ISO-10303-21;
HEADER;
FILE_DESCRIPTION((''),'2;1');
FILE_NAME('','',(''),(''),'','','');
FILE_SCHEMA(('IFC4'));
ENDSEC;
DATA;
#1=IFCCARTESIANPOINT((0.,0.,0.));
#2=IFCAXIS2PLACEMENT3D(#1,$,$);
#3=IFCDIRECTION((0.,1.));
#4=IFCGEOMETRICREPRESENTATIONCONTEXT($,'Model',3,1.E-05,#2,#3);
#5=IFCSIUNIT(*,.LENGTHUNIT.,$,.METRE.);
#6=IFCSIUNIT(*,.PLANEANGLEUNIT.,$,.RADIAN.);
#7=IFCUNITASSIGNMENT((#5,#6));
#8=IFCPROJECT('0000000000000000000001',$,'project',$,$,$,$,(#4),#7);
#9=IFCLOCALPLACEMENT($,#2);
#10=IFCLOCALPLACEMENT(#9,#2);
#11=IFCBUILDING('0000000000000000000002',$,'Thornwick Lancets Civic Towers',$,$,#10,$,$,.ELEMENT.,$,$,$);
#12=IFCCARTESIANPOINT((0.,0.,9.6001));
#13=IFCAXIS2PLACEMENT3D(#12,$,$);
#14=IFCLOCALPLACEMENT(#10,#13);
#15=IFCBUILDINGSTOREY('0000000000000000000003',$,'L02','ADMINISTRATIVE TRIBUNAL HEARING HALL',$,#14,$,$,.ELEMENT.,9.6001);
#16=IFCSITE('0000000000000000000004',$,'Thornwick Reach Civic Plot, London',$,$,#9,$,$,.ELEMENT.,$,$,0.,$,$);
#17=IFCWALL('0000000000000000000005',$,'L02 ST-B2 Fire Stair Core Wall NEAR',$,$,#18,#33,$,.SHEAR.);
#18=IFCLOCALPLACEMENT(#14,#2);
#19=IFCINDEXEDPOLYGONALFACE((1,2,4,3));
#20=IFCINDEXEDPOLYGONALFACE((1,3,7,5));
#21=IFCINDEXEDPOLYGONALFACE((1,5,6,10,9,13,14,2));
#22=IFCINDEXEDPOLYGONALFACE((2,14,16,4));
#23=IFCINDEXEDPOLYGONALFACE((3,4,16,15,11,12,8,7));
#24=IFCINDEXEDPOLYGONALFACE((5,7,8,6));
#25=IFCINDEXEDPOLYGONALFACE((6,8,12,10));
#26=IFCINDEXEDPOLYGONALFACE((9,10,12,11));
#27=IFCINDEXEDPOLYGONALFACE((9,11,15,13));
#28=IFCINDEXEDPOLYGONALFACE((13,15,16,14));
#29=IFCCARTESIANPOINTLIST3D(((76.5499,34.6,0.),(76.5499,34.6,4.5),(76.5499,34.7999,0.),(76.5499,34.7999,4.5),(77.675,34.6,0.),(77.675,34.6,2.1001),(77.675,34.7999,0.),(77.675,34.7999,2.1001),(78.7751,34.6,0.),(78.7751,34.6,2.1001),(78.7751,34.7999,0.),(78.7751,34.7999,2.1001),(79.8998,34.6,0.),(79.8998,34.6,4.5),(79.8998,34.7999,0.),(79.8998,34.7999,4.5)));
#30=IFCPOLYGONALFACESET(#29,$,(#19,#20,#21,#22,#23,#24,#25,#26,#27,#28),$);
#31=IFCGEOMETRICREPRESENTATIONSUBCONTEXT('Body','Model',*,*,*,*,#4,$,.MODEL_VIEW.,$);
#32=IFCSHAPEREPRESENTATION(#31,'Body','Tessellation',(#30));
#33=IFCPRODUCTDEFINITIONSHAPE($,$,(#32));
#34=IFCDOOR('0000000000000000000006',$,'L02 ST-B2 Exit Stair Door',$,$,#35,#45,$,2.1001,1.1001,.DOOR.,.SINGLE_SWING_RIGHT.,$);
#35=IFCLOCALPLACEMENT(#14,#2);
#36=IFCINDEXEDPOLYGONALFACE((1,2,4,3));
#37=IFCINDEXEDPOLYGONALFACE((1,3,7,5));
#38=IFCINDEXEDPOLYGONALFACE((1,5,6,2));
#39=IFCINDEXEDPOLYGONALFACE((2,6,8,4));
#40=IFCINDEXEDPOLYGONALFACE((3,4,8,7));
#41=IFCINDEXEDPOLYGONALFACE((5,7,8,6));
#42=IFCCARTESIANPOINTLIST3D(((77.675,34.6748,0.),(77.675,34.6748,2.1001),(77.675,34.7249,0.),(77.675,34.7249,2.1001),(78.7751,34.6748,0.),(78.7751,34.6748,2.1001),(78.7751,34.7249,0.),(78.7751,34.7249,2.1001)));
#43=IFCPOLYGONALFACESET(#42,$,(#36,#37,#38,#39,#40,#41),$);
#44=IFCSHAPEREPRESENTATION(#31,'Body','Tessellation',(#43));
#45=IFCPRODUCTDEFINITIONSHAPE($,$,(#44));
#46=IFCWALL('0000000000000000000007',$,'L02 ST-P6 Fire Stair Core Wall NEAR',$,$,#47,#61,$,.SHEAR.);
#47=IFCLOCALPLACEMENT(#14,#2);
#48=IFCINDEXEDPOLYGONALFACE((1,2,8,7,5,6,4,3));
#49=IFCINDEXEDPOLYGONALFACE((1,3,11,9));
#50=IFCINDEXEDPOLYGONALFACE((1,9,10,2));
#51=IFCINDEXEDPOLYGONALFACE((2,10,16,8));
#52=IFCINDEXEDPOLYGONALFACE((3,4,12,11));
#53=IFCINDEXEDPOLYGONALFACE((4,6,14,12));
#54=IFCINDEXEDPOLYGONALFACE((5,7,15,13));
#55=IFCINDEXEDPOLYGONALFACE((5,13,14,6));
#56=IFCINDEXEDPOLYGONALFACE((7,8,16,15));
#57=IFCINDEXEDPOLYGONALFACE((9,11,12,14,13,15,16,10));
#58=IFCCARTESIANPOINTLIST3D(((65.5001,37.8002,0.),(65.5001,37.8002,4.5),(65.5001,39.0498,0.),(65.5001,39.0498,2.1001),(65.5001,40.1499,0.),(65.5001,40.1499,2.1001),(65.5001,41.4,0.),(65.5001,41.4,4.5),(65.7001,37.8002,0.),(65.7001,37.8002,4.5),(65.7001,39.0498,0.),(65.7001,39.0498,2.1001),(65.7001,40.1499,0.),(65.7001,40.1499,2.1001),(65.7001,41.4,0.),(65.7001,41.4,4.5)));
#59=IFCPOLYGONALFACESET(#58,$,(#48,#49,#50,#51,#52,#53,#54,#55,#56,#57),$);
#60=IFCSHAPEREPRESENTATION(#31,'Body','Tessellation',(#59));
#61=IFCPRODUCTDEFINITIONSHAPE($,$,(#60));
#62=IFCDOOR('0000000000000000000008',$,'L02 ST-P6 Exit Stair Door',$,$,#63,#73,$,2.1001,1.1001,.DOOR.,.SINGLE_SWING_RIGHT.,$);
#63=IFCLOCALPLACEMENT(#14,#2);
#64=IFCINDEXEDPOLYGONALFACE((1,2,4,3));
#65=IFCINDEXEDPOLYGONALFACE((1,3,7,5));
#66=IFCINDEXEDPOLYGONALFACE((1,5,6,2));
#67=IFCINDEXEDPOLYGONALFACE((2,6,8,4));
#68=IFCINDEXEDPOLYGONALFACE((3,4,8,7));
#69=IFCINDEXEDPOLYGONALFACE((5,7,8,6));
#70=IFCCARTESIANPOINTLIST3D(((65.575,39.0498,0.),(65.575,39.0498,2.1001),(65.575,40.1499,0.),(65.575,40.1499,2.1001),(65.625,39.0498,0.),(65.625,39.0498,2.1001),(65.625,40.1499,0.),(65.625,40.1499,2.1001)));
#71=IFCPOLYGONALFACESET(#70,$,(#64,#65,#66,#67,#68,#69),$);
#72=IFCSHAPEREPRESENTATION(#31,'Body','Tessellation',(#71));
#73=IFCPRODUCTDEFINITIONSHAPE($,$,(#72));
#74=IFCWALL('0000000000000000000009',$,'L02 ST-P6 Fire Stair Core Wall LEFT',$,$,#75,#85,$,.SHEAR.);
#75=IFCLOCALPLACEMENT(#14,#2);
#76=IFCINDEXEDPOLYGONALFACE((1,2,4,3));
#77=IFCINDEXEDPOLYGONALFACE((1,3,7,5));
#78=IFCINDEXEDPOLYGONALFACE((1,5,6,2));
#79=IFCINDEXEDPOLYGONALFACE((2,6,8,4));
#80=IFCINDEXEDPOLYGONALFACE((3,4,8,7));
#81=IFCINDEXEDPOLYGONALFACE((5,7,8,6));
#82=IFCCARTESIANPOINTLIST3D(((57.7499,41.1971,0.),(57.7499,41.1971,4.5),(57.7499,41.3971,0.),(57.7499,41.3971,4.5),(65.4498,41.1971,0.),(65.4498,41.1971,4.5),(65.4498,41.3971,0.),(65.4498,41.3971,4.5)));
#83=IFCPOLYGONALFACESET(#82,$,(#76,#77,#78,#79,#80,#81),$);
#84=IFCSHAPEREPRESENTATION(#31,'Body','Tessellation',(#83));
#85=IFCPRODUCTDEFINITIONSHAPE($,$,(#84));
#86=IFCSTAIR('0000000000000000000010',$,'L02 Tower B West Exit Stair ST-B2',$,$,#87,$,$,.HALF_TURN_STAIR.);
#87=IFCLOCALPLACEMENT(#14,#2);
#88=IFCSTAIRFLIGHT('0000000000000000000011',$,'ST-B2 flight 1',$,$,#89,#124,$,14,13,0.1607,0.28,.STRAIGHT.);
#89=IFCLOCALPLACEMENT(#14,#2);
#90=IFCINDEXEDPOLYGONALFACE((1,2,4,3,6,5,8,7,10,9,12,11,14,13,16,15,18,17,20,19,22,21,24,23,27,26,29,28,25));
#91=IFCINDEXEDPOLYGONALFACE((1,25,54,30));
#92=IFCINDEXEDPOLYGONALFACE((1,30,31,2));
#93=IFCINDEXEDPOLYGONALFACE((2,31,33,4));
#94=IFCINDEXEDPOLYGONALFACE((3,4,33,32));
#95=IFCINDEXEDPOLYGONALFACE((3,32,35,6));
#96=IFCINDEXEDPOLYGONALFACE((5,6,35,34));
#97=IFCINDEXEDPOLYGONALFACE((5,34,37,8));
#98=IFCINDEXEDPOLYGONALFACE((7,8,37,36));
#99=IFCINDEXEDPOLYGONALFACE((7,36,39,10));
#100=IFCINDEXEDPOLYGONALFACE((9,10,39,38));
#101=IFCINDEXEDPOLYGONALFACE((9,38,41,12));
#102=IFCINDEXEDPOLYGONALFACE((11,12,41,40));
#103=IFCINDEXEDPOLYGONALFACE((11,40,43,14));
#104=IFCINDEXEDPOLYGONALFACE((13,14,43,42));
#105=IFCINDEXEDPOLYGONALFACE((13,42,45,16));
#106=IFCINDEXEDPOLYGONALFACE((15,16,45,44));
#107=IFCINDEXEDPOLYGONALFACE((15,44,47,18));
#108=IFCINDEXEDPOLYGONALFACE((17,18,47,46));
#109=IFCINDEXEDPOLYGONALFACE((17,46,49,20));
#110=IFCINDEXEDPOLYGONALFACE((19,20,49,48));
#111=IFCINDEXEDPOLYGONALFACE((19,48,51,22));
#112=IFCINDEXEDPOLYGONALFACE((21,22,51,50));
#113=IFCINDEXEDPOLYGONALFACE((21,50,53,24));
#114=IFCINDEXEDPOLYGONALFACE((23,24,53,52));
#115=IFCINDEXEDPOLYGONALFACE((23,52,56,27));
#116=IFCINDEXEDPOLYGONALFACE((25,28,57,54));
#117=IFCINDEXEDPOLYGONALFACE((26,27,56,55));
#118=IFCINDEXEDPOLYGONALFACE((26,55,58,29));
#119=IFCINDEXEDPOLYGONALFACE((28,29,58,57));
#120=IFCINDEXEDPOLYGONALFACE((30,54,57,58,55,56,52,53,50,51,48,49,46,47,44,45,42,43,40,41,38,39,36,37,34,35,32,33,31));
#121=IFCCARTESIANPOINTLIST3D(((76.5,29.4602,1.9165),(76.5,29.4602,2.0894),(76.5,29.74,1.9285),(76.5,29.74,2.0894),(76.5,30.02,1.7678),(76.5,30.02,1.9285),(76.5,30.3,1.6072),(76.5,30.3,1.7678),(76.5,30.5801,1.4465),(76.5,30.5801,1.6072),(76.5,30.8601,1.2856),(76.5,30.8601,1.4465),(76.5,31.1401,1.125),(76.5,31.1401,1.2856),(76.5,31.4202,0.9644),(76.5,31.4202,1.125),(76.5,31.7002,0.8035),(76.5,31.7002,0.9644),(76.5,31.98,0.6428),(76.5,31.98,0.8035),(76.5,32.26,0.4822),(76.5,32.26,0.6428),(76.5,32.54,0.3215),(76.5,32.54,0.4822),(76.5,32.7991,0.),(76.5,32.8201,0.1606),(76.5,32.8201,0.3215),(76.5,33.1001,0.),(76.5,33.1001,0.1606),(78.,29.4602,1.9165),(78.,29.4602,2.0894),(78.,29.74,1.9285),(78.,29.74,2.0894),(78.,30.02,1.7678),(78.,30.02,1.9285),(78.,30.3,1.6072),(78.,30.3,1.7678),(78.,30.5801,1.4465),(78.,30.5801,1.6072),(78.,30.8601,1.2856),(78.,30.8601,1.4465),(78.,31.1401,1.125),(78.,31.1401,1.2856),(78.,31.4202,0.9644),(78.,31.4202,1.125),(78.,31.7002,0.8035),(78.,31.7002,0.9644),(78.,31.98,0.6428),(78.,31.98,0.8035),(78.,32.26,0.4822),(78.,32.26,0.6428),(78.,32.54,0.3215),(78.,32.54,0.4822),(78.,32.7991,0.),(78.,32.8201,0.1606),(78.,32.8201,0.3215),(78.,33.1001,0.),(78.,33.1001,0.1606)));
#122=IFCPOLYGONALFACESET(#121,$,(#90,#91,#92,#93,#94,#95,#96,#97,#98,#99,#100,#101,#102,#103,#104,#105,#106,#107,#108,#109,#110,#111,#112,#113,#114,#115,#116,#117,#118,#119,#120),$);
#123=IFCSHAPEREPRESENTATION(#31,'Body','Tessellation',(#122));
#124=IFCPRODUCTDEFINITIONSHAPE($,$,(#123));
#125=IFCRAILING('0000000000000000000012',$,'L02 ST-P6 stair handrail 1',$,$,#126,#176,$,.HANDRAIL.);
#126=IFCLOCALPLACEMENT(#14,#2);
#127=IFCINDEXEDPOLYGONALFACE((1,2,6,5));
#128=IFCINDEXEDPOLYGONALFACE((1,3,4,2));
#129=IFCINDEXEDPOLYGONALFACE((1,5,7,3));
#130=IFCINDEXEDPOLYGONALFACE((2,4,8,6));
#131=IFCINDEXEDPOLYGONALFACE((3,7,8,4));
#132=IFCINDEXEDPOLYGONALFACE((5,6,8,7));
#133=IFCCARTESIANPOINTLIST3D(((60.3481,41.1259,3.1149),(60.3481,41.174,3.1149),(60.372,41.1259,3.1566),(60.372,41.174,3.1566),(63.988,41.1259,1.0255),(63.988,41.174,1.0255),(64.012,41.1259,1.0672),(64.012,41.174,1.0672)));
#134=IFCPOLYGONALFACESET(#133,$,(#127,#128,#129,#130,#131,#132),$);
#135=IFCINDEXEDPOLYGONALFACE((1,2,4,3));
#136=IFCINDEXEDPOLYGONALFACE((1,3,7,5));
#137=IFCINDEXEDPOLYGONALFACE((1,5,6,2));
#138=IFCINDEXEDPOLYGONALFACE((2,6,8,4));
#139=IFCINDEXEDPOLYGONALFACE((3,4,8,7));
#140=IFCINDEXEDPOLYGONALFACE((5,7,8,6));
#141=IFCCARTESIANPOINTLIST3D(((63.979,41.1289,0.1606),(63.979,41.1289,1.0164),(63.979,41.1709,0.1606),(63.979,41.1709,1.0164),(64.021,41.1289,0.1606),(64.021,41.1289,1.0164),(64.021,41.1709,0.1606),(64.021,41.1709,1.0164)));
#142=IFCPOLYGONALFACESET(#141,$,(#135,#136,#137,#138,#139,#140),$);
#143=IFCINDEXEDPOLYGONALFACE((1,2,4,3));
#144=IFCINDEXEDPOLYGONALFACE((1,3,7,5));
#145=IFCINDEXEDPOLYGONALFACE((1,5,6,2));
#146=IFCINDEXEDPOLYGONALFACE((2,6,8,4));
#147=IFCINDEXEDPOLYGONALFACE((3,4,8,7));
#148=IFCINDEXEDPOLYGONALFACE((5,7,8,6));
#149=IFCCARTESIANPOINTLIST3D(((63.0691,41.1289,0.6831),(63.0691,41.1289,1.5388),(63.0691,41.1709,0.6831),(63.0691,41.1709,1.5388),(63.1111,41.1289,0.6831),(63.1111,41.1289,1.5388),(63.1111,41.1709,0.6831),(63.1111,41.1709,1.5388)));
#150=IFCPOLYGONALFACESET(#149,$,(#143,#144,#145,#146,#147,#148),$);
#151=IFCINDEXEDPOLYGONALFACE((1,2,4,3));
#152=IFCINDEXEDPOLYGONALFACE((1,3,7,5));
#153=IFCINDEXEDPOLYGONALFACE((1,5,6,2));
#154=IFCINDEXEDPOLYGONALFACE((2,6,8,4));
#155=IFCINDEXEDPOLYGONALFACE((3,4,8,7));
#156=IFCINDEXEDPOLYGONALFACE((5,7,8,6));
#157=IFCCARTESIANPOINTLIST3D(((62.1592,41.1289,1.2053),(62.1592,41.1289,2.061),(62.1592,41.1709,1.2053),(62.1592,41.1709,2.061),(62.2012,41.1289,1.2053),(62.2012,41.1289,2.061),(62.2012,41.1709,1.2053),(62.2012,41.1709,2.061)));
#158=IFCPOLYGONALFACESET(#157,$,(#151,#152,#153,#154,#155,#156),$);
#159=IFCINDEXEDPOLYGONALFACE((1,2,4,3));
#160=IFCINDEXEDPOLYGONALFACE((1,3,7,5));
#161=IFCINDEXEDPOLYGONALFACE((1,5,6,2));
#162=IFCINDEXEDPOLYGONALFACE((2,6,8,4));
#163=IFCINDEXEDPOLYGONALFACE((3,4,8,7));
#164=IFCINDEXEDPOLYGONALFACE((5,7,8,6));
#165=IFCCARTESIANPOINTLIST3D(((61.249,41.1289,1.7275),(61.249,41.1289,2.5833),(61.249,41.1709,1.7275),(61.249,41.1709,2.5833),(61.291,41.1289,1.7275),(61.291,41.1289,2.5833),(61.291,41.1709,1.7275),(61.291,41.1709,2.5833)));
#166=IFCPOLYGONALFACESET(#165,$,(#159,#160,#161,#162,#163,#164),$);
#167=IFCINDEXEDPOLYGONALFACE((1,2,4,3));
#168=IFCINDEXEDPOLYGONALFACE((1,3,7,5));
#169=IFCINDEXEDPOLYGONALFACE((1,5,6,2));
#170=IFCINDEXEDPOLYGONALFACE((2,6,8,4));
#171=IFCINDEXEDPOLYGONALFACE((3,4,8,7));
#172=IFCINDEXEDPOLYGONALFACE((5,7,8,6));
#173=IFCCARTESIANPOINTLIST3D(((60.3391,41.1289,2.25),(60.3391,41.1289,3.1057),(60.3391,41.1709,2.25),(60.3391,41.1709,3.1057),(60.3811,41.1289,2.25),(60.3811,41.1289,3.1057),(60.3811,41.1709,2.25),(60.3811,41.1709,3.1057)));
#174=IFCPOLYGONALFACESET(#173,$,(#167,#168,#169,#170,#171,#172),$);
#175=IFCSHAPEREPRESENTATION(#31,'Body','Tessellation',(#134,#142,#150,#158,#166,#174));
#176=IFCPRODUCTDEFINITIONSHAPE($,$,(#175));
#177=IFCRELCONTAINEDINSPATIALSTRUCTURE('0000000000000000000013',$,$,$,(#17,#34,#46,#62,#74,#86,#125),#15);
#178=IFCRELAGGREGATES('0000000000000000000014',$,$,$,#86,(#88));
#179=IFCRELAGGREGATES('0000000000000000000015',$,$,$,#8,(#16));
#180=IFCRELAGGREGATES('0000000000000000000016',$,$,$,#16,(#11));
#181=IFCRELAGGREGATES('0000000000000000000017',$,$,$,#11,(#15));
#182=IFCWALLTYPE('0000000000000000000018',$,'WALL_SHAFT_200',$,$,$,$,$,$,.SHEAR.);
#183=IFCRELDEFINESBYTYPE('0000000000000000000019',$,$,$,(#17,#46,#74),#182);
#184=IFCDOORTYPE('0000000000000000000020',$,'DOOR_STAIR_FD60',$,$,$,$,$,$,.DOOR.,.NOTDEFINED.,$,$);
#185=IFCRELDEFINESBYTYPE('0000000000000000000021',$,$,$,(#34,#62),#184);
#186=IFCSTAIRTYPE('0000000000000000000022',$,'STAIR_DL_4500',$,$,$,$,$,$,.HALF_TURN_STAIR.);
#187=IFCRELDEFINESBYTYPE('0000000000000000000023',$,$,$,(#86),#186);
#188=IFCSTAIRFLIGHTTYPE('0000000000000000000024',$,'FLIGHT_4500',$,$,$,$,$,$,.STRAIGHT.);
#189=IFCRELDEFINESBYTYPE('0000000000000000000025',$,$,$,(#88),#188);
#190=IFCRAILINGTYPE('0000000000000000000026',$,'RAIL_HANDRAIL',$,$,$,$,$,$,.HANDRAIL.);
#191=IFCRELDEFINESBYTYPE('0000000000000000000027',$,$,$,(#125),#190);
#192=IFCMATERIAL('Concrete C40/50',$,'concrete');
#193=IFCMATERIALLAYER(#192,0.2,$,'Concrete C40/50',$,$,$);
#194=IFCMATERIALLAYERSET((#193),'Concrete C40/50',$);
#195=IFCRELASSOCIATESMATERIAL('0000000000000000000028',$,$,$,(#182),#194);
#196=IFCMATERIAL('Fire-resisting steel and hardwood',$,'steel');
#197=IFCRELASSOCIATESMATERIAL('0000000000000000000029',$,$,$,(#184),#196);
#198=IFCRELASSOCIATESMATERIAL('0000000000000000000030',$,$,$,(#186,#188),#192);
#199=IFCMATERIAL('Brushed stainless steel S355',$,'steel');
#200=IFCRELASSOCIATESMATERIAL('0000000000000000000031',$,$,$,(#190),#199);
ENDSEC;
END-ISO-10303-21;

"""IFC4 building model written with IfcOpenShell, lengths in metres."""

from ifc_helpers import new_model, si_unit, direction, frame, frame_2d, origin, origin_2d, place, context, subcontext, project, spatial, polyline, rectangle, outline, extrude, material, layer, layer_set, type_object, element, fill, aggregate, save


model = new_model("IFC4")

# Units and contexts
model_context = context("Model", 3, precision=1e-05, world=origin(), true_north=direction((0.0, 1.0)))
body_context = subcontext(model_context, "Body", "Model", "MODEL_VIEW")
ifc_project = project(units=[si_unit("LENGTHUNIT", "METRE"), si_unit("PLANEANGLEUNIT", "RADIAN")], contexts=[model_context])

# Site, building, storey
site_placement = place(None, origin())
site = spatial("IfcSite", under=ifc_project, at=site_placement, Name="Thornwick Reach Civic Plot, London", CompositionType="ELEMENT", RefElevation=0.0)
building_placement = place(site_placement, origin())
building = spatial("IfcBuilding", under=site, at=building_placement, Name="Thornwick Lancets Civic Towers", CompositionType="ELEMENT")
storey_placement = place(building_placement, frame((0.0, 0.0, 9.6001)))
storey = spatial("IfcBuildingStorey", under=building, at=storey_placement, Name="L02", Description="ADMINISTRATIVE TRIBUNAL HEARING HALL", CompositionType="ELEMENT", Elevation=9.6001)

# Shared definitions
ifc_material_1 = material(Name="Concrete C40/50", Category="concrete")

# Walls, openings, doors
ifc_layer_1 = layer(ifc_material_1, 0.2, Name="Concrete C40/50")
ifc_layer_set_1 = layer_set([ifc_layer_1], Name="Concrete C40/50")
wall_type_1 = type_object("IfcWallType", Name="WALL_SHAFT_200", PredefinedType="SHEAR", material=ifc_layer_set_1)
wall_1_placement = place(storey_placement, frame((76.55, 34.7, 0.0), z_axis=(0.0, 0.0, 1.0), x_axis=(1.0, 0.0, 0.0)))
wall_1 = element("IfcWall", 1, at=wall_1_placement, inside=storey, type_object=wall_type_1, Name="L02 ST-B2 Fire Stair Core Wall NEAR", PredefinedType="SHEAR", context=body_context, shape_type="SweptSolid", body=[
    extrude(rectangle(XDim=3.3499, YDim=0.2, at=frame_2d((1.6748, 0.0))), origin(), (0.0, 0.0, 1.0), 4.5),
])
opening_1_placement = place(wall_1_placement, frame((1.125, 0.0, 0.0)))
opening_1 = element("IfcOpeningElement", 2, at=opening_1_placement, cuts=wall_1, PredefinedType="OPENING", context=body_context, shape_type="SweptSolid", body=[
    extrude(rectangle(XDim=1.1001, YDim=2.1001, at=frame_2d((0.55, 1.05))), frame((0.0, 0.1099, 0.0), z_axis=(0.0, -1.0, 0.0), x_axis=(1.0, 0.0, 0.0)), (0.0, 0.0, 1.0), 0.22),
])
ifc_material_2 = material(Name="Fire-resisting steel and hardwood", Category="steel")
door_type_1 = type_object("IfcDoorType", Name="DOOR_STAIR_FD60", OperationType="NOTDEFINED", PredefinedType="DOOR", material=ifc_material_2)
door_1_placement = place(opening_1_placement, origin())
door_1 = element("IfcDoor", 3, at=door_1_placement, inside=storey, type_object=door_type_1, Name="L02 ST-B2 Exit Stair Door", OperationType="SINGLE_SWING_RIGHT", OverallHeight=2.1001, OverallWidth=1.1001, PredefinedType="DOOR", context=body_context, shape_type="SweptSolid", body=[
    extrude(rectangle(XDim=1.1001, YDim=2.1001, at=frame_2d((0.55, 1.05))), frame((0.0, 0.0249, 0.0), z_axis=(0.0, -1.0, 0.0), x_axis=(1.0, 0.0, 0.0)), (0.0, 0.0, 1.0), 0.05),
])
fill(opening_1, door_1)
wall_2_placement = place(storey_placement, frame((65.6001, 41.3999, 0.0), z_axis=(0.0, 0.0, 1.0), x_axis=(0.0, -1.0, 0.0)))
wall_2 = element("IfcWall", 4, at=wall_2_placement, inside=storey, type_object=wall_type_1, Name="L02 ST-P6 Fire Stair Core Wall NEAR", PredefinedType="SHEAR", context=body_context, shape_type="SweptSolid", body=[
    extrude(rectangle(XDim=3.5999, YDim=0.2, at=frame_2d((1.7998, 0.0))), origin(), (0.0, 0.0, 1.0), 4.5),
])
opening_2_placement = place(wall_2_placement, frame((1.25, 0.0, 0.0)))
opening_2 = element("IfcOpeningElement", 5, at=opening_2_placement, cuts=wall_2, PredefinedType="OPENING", context=body_context, shape_type="SweptSolid", body=[
    extrude(rectangle(XDim=1.1001, YDim=2.1001, at=frame_2d((0.55, 1.05))), frame((0.0, 0.1099, 0.0), z_axis=(0.0, -1.0, 0.0), x_axis=(1.0, 0.0, 0.0)), (0.0, 0.0, 1.0), 0.22),
])
door_2_placement = place(opening_2_placement, origin())
door_2 = element("IfcDoor", 6, at=door_2_placement, inside=storey, type_object=door_type_1, Name="L02 ST-P6 Exit Stair Door", OperationType="SINGLE_SWING_RIGHT", OverallHeight=2.1001, OverallWidth=1.1001, PredefinedType="DOOR", context=body_context, shape_type="SweptSolid", body=[
    extrude(rectangle(XDim=1.1001, YDim=2.1001, at=frame_2d((0.55, 1.05))), frame((0.0, 0.0249, 0.0), z_axis=(0.0, -1.0, 0.0), x_axis=(1.0, 0.0, 0.0)), (0.0, 0.0, 1.0), 0.05),
])
fill(opening_2, door_2)

# Wall
wall_3_placement = place(storey_placement, frame((65.45, 41.2971, 0.0), z_axis=(0.0, 0.0, 1.0), x_axis=(-1.0, 0.0, 0.0)))
element("IfcWall", 7, at=wall_3_placement, inside=storey, type_object=wall_type_1, Name="L02 ST-P6 Fire Stair Core Wall LEFT", PredefinedType="SHEAR", context=body_context, shape_type="SweptSolid", body=[
    extrude(rectangle(XDim=7.7, YDim=0.2, at=frame_2d((3.8501, 0.0))), origin(), (0.0, 0.0, 1.0), 4.5),
])

# Stair, stair flight
stair_type = type_object("IfcStairType", Name="STAIR_DL_4500", PredefinedType="HALF_TURN_STAIR", material=ifc_material_1)
stair_placement = place(storey_placement, origin())
stair = element("IfcStair", 8, at=stair_placement, inside=storey, type_object=stair_type, Name="L02 Tower B West Exit Stair ST-B2", PredefinedType="HALF_TURN_STAIR")
stair_flight_type = type_object("IfcStairFlightType", Name="FLIGHT_4500", PredefinedType="STRAIGHT", material=ifc_material_1)
stair_flight_placement = place(storey_placement, frame((77.25, 33.1001, 0.0), z_axis=(0.0, 0.0, 1.0), x_axis=(0.0, -1.0, 0.0)))
stair_flight = element("IfcStairFlight", 9, at=stair_flight_placement, type_object=stair_flight_type, Name="ST-B2 flight 1", NumberOfRisers=14, NumberOfTreads=13, PredefinedType="STRAIGHT", RiserHeight=0.1607, TreadLength=0.28, context=body_context, shape_type="SweptSolid", body=[
    extrude(outline(polyline([(0.0, 0.0), (0.0, 0.1606), (0.28, 0.1606), (0.28, 0.3215), (0.5601, 0.3215), (0.5601, 0.4822), (0.8401, 0.4822), (0.8401, 0.6428), (1.1201, 0.6428), (1.1201, 0.8035), (1.3999, 0.8035), (1.3999, 0.9644), (1.6799, 0.9644), (1.6799, 1.125), (1.96, 1.125), (1.96, 1.2856), (2.24, 1.2856), (2.24, 1.4465), (2.52, 1.4465), (2.52, 1.6072), (2.8, 1.6072), (2.8, 1.7678), (3.0801, 1.7678), (3.0801, 1.9285), (3.3601, 1.9285), (3.3601, 2.0894), (3.6399, 2.0894), (3.6399, 2.25), (3.6399, 1.9165), (0.301, 0.0), (0.0, 0.0)])), frame((0.0, 0.75, 0.0), z_axis=(0.0, -1.0, 0.0), x_axis=(1.0, 0.0, 0.0)), (0.0, 0.0, 1.0), 1.5),
])
aggregate(stair, [stair_flight])

# Railing
ifc_material_3 = material(Name="Brushed stainless steel S355", Category="steel")
railing_type_1 = type_object("IfcRailingType", Name="RAIL_HANDRAIL", PredefinedType="HANDRAIL", material=ifc_material_3)
railing_1_placement = place(storey_placement, frame((64.0, 41.1499, 0.1606)))
element("IfcRailing", 10, at=railing_1_placement, inside=storey, type_object=railing_type_1, Name="L02 ST-P6 stair handrail 1", PredefinedType="HANDRAIL", context=body_context, shape_type="SweptSolid", body=[
    extrude(rectangle(XDim=0.0481, YDim=0.0481, at=origin_2d()), frame((0.0, 0.0, 0.8857), z_axis=(-0.867275, 0.0, 0.497829), x_axis=(0.0, -1.0, 0.0)), (0.0, 0.0, 1.0), 4.197),
    extrude(rectangle(XDim=0.042, YDim=0.042, at=origin_2d()), origin(), (0.0, 0.0, 1.0), 0.8557),
    extrude(rectangle(XDim=0.042, YDim=0.042, at=origin_2d()), frame((-0.9099, 0.0, 0.5225)), (0.0, 0.0, 1.0), 0.8557),
    extrude(rectangle(XDim=0.042, YDim=0.042, at=origin_2d()), frame((-1.8198, 0.0, 1.0447)), (0.0, 0.0, 1.0), 0.8557),
    extrude(rectangle(XDim=0.042, YDim=0.042, at=origin_2d()), frame((-2.73, 0.0, 1.5669)), (0.0, 0.0, 1.0), 0.8557),
    extrude(rectangle(XDim=0.042, YDim=0.042, at=origin_2d()), frame((-3.6399, 0.0, 2.0894)), (0.0, 0.0, 1.0), 0.8557),
])

save(model, "model.ifc")
